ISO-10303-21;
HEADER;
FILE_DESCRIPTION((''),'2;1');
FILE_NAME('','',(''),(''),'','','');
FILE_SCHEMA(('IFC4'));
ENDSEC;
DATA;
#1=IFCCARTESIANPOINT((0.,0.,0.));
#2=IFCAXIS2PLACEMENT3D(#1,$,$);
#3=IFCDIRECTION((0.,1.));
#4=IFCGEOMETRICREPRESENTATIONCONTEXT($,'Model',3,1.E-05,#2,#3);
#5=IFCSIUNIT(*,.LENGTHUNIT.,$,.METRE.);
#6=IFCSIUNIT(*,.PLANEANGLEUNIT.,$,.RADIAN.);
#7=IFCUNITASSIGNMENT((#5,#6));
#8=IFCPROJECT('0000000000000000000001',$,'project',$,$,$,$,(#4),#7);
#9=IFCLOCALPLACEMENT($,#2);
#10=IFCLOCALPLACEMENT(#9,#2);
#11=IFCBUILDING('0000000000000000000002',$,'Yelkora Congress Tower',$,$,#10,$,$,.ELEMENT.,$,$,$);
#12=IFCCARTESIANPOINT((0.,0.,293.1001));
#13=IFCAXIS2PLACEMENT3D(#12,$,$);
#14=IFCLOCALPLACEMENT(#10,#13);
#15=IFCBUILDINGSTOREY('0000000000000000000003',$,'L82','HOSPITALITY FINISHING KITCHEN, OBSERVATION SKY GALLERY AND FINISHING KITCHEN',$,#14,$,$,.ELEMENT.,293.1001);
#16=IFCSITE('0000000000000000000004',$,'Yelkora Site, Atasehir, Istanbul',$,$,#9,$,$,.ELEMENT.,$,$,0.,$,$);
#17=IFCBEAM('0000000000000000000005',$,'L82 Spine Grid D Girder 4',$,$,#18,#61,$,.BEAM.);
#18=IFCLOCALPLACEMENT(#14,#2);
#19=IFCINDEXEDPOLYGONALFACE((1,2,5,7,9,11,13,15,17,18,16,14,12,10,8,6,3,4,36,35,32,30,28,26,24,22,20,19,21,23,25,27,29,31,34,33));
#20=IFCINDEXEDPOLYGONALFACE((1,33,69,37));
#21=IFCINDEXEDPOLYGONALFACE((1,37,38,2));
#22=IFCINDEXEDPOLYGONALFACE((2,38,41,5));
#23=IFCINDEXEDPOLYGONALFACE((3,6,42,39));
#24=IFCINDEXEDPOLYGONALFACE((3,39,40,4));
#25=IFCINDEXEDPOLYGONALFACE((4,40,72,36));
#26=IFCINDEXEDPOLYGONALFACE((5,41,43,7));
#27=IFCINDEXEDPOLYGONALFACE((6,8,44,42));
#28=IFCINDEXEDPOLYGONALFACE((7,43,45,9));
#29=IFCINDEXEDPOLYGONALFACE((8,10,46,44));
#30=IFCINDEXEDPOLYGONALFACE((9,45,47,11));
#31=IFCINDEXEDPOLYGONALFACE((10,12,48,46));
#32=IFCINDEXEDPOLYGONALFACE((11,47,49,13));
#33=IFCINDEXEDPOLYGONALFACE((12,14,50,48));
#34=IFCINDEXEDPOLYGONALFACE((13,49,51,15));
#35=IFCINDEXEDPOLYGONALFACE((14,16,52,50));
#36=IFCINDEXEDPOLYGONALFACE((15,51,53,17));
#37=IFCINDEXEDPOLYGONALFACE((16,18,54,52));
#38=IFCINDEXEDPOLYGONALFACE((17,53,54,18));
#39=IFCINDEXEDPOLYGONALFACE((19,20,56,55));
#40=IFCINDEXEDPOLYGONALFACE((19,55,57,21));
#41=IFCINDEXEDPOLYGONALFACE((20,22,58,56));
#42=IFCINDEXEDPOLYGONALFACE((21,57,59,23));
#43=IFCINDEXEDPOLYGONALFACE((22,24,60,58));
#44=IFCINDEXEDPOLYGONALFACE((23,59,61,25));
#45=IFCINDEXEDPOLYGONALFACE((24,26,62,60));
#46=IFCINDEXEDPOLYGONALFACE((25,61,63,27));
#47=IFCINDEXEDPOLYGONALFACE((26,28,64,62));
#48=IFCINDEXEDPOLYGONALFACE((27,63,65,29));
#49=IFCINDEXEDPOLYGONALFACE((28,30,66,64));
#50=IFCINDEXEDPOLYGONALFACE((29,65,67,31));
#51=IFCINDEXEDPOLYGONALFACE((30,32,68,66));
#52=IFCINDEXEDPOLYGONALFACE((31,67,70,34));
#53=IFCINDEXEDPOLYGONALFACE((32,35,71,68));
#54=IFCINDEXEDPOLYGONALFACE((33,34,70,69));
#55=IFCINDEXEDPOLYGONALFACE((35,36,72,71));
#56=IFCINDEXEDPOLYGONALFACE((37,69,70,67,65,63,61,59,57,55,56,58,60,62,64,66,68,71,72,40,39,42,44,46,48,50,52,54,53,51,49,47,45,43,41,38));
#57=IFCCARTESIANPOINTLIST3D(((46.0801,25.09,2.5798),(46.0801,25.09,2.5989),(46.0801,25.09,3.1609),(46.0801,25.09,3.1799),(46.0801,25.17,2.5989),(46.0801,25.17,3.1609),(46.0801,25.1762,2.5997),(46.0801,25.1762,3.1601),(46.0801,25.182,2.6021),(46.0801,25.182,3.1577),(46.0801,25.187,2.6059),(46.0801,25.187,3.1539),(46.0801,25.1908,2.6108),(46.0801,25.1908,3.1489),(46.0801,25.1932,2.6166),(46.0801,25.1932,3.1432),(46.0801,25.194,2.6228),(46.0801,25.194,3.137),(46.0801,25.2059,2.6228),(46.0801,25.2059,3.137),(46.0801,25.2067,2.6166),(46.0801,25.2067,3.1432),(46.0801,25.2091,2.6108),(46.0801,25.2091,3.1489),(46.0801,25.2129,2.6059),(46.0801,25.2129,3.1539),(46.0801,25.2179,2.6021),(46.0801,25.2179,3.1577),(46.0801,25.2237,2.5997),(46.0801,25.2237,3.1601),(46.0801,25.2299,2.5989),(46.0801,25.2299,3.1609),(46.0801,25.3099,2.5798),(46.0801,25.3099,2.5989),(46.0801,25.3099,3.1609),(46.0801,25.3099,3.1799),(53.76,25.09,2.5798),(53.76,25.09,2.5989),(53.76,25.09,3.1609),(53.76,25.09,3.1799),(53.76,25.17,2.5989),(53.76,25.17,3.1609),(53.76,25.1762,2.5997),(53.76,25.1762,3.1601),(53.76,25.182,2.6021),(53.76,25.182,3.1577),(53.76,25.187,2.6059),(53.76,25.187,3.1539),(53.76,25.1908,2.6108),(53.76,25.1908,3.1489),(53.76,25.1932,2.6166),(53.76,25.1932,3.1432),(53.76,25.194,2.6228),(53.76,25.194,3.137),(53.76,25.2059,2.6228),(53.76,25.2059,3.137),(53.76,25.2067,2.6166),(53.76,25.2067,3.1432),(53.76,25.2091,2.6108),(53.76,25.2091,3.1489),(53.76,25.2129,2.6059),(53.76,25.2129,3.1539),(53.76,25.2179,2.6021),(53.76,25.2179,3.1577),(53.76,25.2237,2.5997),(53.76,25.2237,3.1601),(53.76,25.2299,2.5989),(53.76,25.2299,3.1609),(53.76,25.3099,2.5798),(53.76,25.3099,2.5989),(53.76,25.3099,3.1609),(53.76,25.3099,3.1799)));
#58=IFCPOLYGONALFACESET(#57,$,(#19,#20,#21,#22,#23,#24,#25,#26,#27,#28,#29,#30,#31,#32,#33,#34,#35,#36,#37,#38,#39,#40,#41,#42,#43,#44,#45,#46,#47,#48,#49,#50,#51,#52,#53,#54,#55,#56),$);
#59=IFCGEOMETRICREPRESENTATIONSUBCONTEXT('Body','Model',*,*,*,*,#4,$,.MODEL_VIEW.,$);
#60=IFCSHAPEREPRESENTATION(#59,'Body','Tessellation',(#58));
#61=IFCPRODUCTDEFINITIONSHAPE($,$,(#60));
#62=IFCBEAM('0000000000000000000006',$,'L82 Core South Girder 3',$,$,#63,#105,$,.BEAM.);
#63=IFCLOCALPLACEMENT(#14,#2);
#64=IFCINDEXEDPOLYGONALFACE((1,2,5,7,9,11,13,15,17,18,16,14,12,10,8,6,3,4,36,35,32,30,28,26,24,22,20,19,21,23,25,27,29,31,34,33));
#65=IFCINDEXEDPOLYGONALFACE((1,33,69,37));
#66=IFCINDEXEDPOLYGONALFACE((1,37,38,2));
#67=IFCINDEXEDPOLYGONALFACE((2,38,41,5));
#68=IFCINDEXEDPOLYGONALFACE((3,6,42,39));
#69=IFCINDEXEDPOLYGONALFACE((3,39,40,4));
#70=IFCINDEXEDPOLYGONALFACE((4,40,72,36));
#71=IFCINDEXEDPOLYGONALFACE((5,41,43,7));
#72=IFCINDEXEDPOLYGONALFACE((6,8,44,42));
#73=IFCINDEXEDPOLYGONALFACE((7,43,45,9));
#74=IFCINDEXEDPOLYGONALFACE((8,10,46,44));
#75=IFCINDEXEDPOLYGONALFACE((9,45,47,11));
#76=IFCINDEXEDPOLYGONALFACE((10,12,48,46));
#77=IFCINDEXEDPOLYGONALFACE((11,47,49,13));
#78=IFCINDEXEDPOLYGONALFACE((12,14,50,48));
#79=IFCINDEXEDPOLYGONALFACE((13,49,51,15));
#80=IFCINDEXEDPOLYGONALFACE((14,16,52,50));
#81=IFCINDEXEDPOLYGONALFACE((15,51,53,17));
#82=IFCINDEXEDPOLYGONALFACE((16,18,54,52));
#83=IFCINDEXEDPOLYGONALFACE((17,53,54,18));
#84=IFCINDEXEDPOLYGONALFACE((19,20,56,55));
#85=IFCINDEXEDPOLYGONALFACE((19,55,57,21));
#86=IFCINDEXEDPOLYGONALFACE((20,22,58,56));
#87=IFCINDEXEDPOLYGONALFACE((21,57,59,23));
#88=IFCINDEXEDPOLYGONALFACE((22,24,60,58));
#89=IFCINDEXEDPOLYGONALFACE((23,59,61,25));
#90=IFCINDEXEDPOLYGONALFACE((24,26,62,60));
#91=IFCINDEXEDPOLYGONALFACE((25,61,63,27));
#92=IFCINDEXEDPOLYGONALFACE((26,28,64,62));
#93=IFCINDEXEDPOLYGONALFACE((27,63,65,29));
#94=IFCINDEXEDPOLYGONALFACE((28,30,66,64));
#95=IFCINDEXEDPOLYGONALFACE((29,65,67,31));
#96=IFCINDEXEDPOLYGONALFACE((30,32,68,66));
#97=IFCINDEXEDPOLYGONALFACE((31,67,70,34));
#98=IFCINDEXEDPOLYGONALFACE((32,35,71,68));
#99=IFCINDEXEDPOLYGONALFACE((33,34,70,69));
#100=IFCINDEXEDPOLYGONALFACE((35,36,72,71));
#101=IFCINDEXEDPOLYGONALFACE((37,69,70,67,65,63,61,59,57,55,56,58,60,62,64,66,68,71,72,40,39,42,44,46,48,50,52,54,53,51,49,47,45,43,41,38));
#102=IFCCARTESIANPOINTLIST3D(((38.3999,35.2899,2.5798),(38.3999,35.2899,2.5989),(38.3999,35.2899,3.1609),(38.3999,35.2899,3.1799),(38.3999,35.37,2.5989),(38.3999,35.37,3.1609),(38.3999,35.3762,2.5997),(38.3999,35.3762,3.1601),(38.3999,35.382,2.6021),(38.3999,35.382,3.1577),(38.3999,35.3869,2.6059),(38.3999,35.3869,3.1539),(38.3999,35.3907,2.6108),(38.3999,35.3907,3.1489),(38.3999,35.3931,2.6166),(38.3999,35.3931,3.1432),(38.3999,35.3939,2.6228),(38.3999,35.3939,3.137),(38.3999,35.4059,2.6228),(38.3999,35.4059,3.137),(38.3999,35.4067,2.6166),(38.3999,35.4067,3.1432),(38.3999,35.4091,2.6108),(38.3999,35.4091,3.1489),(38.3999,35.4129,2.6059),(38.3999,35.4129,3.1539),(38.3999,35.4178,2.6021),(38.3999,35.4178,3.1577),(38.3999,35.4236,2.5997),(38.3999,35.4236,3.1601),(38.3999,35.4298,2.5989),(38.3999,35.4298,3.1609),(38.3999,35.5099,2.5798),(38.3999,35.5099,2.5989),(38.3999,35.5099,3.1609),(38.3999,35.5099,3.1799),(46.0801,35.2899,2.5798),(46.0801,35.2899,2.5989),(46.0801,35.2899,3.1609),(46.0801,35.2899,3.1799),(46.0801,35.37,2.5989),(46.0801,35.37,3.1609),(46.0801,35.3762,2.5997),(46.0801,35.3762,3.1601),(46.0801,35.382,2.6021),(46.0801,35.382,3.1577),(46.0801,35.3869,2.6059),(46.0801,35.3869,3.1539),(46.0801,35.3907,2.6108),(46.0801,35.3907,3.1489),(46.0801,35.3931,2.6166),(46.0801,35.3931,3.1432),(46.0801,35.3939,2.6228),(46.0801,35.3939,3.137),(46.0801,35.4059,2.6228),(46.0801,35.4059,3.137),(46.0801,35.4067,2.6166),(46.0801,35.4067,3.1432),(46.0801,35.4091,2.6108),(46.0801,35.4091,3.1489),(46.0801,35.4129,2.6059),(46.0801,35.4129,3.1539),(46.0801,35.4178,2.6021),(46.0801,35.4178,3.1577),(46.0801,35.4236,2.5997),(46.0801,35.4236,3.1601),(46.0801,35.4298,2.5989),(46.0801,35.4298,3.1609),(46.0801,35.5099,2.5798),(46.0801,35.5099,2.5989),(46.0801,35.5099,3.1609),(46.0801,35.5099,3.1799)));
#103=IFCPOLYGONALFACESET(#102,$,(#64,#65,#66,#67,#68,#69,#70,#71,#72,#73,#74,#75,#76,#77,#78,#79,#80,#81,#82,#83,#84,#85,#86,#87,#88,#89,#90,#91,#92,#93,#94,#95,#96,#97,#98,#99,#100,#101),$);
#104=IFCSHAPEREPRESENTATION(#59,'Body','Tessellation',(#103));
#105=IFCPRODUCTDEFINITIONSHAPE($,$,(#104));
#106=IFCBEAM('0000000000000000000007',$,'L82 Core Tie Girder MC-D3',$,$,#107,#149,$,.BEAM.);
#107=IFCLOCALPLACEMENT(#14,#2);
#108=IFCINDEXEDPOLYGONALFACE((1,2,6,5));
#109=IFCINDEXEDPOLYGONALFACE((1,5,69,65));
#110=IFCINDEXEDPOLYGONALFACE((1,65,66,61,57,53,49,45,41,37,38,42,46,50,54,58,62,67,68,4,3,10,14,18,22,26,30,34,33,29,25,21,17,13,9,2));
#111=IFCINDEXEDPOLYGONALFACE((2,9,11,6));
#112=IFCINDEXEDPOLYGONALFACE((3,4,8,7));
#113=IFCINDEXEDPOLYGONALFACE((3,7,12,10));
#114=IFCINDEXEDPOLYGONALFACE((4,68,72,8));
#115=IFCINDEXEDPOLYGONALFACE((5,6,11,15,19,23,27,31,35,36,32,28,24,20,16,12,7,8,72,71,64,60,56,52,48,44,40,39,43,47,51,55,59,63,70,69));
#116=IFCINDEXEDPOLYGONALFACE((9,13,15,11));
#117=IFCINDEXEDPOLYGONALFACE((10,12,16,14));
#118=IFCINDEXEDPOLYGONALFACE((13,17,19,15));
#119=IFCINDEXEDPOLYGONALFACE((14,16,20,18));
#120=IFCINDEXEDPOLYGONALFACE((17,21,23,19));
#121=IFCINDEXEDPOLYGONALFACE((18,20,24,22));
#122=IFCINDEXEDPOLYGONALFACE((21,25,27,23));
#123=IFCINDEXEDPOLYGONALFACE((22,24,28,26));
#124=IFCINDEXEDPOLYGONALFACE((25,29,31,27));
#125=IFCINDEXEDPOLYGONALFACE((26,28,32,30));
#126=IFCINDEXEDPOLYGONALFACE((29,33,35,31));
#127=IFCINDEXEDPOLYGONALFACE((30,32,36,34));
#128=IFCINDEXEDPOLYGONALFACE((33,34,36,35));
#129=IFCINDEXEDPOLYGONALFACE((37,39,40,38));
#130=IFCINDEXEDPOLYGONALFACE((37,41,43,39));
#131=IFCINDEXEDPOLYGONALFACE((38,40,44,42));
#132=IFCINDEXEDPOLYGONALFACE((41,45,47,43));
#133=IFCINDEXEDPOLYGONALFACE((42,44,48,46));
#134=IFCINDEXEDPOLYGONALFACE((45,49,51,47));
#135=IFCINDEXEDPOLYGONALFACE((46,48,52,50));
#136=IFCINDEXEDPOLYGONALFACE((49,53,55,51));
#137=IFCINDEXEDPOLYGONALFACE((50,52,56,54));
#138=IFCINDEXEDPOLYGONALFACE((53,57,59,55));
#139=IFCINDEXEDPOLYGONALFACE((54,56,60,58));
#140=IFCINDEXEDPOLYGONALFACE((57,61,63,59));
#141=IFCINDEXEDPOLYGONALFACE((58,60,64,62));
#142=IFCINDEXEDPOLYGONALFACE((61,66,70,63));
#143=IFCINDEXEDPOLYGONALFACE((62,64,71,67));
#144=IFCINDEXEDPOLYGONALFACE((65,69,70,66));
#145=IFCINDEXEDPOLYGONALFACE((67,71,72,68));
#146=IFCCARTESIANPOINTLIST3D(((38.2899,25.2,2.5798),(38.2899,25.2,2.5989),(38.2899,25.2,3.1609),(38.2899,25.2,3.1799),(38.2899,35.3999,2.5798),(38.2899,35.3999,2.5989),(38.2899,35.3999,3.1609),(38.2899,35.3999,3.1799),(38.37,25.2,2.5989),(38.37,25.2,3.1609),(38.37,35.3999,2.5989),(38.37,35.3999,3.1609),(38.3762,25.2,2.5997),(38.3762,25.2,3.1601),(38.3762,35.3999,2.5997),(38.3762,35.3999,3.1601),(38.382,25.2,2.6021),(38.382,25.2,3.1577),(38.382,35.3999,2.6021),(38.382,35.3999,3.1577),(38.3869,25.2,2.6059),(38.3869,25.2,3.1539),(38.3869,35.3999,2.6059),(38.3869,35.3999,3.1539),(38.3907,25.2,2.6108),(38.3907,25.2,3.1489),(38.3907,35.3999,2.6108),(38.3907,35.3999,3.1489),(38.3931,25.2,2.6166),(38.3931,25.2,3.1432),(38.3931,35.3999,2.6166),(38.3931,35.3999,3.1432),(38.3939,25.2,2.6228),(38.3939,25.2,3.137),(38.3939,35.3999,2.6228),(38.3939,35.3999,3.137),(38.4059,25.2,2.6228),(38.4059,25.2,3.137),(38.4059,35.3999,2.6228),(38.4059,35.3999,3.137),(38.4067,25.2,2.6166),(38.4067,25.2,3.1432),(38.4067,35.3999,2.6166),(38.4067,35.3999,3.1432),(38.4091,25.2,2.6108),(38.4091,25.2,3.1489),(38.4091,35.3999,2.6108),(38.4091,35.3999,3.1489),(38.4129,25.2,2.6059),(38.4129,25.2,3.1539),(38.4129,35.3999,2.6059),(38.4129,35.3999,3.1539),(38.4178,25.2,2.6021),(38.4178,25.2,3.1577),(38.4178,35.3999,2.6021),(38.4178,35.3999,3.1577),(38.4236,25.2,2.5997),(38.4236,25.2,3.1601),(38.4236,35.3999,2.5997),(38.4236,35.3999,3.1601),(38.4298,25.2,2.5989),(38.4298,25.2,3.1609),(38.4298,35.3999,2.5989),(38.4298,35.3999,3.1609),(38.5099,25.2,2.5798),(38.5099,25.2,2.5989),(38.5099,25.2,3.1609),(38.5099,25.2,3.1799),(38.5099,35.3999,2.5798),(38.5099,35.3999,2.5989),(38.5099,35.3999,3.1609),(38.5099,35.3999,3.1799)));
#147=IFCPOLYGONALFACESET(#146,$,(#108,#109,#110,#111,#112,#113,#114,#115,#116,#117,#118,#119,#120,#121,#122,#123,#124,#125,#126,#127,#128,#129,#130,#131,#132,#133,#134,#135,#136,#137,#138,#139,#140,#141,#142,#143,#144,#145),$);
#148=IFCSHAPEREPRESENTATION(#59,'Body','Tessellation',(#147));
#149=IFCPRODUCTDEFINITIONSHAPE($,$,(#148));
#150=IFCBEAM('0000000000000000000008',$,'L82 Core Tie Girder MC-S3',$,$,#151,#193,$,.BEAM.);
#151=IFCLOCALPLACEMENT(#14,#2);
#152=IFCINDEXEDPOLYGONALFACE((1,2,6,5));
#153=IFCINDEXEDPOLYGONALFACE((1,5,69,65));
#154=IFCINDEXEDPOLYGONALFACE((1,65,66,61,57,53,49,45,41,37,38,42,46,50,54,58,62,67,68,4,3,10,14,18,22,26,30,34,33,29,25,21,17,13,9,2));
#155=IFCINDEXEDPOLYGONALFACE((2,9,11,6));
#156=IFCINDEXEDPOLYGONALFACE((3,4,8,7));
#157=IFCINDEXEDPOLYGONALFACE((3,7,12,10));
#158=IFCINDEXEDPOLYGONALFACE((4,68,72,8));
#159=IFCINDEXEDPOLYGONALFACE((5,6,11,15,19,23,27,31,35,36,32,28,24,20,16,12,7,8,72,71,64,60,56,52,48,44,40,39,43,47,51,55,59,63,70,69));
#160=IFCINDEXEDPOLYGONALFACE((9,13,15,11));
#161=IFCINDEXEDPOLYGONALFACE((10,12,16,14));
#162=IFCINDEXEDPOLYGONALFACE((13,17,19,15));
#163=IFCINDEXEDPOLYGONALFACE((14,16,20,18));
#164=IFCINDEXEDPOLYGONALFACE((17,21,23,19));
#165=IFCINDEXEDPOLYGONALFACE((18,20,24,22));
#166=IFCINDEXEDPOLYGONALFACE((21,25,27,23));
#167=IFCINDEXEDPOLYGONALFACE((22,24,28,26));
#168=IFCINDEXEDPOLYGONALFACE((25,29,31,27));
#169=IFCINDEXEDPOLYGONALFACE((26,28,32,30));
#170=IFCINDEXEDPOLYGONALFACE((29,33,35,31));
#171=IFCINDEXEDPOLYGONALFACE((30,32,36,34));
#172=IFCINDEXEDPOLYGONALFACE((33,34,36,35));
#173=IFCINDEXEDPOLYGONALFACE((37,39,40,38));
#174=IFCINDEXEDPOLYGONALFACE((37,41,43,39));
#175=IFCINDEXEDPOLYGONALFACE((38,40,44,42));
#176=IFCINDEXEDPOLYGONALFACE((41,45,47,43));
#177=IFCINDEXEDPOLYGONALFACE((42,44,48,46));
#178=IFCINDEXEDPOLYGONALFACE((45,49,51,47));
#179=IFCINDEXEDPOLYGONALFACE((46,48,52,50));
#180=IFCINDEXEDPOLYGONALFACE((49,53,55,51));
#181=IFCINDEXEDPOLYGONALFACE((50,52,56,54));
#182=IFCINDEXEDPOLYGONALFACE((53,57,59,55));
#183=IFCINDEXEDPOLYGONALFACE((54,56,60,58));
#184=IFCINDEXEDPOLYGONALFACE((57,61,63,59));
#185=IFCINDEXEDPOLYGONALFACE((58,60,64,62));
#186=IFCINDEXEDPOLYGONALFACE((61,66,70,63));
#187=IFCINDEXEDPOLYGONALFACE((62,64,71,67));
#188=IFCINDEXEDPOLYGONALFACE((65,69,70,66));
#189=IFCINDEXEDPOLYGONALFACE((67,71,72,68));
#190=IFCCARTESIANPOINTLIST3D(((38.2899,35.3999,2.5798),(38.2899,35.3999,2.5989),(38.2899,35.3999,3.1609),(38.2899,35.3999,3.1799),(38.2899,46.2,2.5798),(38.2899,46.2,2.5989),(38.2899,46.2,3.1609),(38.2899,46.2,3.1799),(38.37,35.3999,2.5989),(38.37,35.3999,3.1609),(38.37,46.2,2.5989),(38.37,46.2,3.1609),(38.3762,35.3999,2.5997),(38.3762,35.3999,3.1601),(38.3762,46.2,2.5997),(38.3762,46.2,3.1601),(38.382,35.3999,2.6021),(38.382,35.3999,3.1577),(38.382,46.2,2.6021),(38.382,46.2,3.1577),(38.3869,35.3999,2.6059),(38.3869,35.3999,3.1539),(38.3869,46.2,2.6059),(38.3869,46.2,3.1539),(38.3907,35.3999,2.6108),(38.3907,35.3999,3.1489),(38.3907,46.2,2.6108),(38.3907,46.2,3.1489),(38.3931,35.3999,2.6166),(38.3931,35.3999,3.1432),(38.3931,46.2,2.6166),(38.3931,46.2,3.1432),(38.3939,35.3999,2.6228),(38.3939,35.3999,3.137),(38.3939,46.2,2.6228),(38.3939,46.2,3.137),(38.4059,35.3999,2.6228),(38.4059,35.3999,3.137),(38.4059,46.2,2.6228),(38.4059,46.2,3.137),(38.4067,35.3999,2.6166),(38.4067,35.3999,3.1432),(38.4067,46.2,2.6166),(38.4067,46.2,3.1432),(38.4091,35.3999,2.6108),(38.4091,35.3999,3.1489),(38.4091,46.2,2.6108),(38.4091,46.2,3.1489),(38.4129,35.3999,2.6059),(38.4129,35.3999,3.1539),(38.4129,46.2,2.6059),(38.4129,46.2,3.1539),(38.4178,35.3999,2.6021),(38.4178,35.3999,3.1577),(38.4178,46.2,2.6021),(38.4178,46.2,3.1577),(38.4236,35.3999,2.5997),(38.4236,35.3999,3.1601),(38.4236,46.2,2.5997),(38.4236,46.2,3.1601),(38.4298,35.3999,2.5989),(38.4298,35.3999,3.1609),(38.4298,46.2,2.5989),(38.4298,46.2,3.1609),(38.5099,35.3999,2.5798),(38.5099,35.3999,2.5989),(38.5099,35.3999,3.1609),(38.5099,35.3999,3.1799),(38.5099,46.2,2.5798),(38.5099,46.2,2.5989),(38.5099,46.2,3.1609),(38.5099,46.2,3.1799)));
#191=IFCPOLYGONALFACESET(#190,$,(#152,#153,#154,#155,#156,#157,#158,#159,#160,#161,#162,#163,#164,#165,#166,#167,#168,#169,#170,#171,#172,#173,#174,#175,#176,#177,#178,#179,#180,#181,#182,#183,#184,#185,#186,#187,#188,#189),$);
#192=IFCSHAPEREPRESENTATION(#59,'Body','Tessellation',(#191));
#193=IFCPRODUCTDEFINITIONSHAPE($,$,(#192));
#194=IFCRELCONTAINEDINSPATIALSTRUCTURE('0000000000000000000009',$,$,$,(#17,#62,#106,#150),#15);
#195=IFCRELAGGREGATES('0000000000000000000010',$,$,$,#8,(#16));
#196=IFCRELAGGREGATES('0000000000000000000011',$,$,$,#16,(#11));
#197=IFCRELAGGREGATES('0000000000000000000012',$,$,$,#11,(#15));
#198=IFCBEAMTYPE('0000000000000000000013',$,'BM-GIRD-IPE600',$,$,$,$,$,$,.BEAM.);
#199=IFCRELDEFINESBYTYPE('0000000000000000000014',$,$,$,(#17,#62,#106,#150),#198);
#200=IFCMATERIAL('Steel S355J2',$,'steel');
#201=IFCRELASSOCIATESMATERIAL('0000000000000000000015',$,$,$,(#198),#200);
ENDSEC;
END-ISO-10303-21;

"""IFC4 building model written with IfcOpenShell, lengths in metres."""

from ifc_helpers import new_model, si_unit, direction, frame, origin, origin_2d, place, context, subcontext, project, spatial, i_section, extrude, material, material_profile, profile_set, type_object, element, save


model = new_model("IFC4")

# Units and contexts
model_context = context("Model", 3, precision=1e-05, world=origin(), true_north=direction((0.0, 1.0)))
body_context = subcontext(model_context, "Body", "Model", "MODEL_VIEW")
ifc_project = project(units=[si_unit("LENGTHUNIT", "METRE"), si_unit("PLANEANGLEUNIT", "RADIAN")], contexts=[model_context])

# Site, building, storey
site_placement = place(None, origin())
site = spatial("IfcSite", under=ifc_project, at=site_placement, Name="Yelkora Site, Atasehir, Istanbul", CompositionType="ELEMENT", RefElevation=0.0)
building_placement = place(site_placement, origin())
building = spatial("IfcBuilding", under=site, at=building_placement, Name="Yelkora Congress Tower", CompositionType="ELEMENT")
storey_placement = place(building_placement, frame((0.0, 0.0, 293.1001)))
storey = spatial("IfcBuildingStorey", under=building, at=storey_placement, Name="L82", Description="HOSPITALITY FINISHING KITCHEN, OBSERVATION SKY GALLERY AND FINISHING KITCHEN", CompositionType="ELEMENT", Elevation=293.1001)

# Beams
ifc_material_1 = material(Name="Steel S355J2", Category="steel")
ifc_material_profile_1 = material_profile(ifc_material_1, i_section(OverallWidth=0.22, OverallDepth=0.6001, WebThickness=0.012, FlangeThickness=0.019, FilletRadius=0.0239, at=origin_2d()), Name="IPE 600")
ifc_profile_set_1 = profile_set([ifc_material_profile_1], Name="Steel S355J2")
beam_type_1 = type_object("IfcBeamType", Name="BM-GIRD-IPE600", PredefinedType="BEAM", material=ifc_profile_set_1)
beam_1_placement = place(storey_placement, frame((46.0801, 25.2, 2.8799), z_axis=(1.0, 0.0, 0.0), x_axis=(0.0, 1.0, 0.0)))
element("IfcBeam", 1, at=beam_1_placement, inside=storey, type_object=beam_type_1, Name="L82 Spine Grid D Girder 4", PredefinedType="BEAM", context=body_context, shape_type="SweptSolid", body=[
    extrude(i_section(OverallWidth=0.22, OverallDepth=0.6001, WebThickness=0.012, FlangeThickness=0.019, FilletRadius=0.0239, at=origin_2d()), origin(), (0.0, 0.0, 1.0), 7.6799),
])
beam_2_placement = place(storey_placement, frame((38.3999, 35.3999, 2.8799), z_axis=(1.0, 0.0, 0.0), x_axis=(0.0, 1.0, 0.0)))
element("IfcBeam", 2, at=beam_2_placement, inside=storey, type_object=beam_type_1, Name="L82 Core South Girder 3", PredefinedType="BEAM", context=body_context, shape_type="SweptSolid", body=[
    extrude(i_section(OverallWidth=0.22, OverallDepth=0.6001, WebThickness=0.012, FlangeThickness=0.019, FilletRadius=0.0239, at=origin_2d()), origin(), (0.0, 0.0, 1.0), 7.6802),
])
beam_3_placement = place(storey_placement, frame((38.3999, 25.2, 2.8799), z_axis=(0.0, 1.0, 0.0), x_axis=(-1.0, 0.0, 0.0)))
element("IfcBeam", 3, at=beam_3_placement, inside=storey, type_object=beam_type_1, Name="L82 Core Tie Girder MC-D3", PredefinedType="BEAM", context=body_context, shape_type="SweptSolid", body=[
    extrude(i_section(OverallWidth=0.22, OverallDepth=0.6001, WebThickness=0.012, FlangeThickness=0.019, FilletRadius=0.0239, at=origin_2d()), origin(), (0.0, 0.0, 1.0), 10.2),
])
beam_4_placement = place(storey_placement, frame((38.3999, 35.3999, 2.8799), z_axis=(0.0, 1.0, 0.0), x_axis=(-1.0, 0.0, 0.0)))
element("IfcBeam", 4, at=beam_4_placement, inside=storey, type_object=beam_type_1, Name="L82 Core Tie Girder MC-S3", PredefinedType="BEAM", context=body_context, shape_type="SweptSolid", body=[
    extrude(i_section(OverallWidth=0.22, OverallDepth=0.6001, WebThickness=0.012, FlangeThickness=0.019, FilletRadius=0.0239, at=origin_2d()), origin(), (0.0, 0.0, 1.0), 10.8),
])

save(model, "model.ifc")
